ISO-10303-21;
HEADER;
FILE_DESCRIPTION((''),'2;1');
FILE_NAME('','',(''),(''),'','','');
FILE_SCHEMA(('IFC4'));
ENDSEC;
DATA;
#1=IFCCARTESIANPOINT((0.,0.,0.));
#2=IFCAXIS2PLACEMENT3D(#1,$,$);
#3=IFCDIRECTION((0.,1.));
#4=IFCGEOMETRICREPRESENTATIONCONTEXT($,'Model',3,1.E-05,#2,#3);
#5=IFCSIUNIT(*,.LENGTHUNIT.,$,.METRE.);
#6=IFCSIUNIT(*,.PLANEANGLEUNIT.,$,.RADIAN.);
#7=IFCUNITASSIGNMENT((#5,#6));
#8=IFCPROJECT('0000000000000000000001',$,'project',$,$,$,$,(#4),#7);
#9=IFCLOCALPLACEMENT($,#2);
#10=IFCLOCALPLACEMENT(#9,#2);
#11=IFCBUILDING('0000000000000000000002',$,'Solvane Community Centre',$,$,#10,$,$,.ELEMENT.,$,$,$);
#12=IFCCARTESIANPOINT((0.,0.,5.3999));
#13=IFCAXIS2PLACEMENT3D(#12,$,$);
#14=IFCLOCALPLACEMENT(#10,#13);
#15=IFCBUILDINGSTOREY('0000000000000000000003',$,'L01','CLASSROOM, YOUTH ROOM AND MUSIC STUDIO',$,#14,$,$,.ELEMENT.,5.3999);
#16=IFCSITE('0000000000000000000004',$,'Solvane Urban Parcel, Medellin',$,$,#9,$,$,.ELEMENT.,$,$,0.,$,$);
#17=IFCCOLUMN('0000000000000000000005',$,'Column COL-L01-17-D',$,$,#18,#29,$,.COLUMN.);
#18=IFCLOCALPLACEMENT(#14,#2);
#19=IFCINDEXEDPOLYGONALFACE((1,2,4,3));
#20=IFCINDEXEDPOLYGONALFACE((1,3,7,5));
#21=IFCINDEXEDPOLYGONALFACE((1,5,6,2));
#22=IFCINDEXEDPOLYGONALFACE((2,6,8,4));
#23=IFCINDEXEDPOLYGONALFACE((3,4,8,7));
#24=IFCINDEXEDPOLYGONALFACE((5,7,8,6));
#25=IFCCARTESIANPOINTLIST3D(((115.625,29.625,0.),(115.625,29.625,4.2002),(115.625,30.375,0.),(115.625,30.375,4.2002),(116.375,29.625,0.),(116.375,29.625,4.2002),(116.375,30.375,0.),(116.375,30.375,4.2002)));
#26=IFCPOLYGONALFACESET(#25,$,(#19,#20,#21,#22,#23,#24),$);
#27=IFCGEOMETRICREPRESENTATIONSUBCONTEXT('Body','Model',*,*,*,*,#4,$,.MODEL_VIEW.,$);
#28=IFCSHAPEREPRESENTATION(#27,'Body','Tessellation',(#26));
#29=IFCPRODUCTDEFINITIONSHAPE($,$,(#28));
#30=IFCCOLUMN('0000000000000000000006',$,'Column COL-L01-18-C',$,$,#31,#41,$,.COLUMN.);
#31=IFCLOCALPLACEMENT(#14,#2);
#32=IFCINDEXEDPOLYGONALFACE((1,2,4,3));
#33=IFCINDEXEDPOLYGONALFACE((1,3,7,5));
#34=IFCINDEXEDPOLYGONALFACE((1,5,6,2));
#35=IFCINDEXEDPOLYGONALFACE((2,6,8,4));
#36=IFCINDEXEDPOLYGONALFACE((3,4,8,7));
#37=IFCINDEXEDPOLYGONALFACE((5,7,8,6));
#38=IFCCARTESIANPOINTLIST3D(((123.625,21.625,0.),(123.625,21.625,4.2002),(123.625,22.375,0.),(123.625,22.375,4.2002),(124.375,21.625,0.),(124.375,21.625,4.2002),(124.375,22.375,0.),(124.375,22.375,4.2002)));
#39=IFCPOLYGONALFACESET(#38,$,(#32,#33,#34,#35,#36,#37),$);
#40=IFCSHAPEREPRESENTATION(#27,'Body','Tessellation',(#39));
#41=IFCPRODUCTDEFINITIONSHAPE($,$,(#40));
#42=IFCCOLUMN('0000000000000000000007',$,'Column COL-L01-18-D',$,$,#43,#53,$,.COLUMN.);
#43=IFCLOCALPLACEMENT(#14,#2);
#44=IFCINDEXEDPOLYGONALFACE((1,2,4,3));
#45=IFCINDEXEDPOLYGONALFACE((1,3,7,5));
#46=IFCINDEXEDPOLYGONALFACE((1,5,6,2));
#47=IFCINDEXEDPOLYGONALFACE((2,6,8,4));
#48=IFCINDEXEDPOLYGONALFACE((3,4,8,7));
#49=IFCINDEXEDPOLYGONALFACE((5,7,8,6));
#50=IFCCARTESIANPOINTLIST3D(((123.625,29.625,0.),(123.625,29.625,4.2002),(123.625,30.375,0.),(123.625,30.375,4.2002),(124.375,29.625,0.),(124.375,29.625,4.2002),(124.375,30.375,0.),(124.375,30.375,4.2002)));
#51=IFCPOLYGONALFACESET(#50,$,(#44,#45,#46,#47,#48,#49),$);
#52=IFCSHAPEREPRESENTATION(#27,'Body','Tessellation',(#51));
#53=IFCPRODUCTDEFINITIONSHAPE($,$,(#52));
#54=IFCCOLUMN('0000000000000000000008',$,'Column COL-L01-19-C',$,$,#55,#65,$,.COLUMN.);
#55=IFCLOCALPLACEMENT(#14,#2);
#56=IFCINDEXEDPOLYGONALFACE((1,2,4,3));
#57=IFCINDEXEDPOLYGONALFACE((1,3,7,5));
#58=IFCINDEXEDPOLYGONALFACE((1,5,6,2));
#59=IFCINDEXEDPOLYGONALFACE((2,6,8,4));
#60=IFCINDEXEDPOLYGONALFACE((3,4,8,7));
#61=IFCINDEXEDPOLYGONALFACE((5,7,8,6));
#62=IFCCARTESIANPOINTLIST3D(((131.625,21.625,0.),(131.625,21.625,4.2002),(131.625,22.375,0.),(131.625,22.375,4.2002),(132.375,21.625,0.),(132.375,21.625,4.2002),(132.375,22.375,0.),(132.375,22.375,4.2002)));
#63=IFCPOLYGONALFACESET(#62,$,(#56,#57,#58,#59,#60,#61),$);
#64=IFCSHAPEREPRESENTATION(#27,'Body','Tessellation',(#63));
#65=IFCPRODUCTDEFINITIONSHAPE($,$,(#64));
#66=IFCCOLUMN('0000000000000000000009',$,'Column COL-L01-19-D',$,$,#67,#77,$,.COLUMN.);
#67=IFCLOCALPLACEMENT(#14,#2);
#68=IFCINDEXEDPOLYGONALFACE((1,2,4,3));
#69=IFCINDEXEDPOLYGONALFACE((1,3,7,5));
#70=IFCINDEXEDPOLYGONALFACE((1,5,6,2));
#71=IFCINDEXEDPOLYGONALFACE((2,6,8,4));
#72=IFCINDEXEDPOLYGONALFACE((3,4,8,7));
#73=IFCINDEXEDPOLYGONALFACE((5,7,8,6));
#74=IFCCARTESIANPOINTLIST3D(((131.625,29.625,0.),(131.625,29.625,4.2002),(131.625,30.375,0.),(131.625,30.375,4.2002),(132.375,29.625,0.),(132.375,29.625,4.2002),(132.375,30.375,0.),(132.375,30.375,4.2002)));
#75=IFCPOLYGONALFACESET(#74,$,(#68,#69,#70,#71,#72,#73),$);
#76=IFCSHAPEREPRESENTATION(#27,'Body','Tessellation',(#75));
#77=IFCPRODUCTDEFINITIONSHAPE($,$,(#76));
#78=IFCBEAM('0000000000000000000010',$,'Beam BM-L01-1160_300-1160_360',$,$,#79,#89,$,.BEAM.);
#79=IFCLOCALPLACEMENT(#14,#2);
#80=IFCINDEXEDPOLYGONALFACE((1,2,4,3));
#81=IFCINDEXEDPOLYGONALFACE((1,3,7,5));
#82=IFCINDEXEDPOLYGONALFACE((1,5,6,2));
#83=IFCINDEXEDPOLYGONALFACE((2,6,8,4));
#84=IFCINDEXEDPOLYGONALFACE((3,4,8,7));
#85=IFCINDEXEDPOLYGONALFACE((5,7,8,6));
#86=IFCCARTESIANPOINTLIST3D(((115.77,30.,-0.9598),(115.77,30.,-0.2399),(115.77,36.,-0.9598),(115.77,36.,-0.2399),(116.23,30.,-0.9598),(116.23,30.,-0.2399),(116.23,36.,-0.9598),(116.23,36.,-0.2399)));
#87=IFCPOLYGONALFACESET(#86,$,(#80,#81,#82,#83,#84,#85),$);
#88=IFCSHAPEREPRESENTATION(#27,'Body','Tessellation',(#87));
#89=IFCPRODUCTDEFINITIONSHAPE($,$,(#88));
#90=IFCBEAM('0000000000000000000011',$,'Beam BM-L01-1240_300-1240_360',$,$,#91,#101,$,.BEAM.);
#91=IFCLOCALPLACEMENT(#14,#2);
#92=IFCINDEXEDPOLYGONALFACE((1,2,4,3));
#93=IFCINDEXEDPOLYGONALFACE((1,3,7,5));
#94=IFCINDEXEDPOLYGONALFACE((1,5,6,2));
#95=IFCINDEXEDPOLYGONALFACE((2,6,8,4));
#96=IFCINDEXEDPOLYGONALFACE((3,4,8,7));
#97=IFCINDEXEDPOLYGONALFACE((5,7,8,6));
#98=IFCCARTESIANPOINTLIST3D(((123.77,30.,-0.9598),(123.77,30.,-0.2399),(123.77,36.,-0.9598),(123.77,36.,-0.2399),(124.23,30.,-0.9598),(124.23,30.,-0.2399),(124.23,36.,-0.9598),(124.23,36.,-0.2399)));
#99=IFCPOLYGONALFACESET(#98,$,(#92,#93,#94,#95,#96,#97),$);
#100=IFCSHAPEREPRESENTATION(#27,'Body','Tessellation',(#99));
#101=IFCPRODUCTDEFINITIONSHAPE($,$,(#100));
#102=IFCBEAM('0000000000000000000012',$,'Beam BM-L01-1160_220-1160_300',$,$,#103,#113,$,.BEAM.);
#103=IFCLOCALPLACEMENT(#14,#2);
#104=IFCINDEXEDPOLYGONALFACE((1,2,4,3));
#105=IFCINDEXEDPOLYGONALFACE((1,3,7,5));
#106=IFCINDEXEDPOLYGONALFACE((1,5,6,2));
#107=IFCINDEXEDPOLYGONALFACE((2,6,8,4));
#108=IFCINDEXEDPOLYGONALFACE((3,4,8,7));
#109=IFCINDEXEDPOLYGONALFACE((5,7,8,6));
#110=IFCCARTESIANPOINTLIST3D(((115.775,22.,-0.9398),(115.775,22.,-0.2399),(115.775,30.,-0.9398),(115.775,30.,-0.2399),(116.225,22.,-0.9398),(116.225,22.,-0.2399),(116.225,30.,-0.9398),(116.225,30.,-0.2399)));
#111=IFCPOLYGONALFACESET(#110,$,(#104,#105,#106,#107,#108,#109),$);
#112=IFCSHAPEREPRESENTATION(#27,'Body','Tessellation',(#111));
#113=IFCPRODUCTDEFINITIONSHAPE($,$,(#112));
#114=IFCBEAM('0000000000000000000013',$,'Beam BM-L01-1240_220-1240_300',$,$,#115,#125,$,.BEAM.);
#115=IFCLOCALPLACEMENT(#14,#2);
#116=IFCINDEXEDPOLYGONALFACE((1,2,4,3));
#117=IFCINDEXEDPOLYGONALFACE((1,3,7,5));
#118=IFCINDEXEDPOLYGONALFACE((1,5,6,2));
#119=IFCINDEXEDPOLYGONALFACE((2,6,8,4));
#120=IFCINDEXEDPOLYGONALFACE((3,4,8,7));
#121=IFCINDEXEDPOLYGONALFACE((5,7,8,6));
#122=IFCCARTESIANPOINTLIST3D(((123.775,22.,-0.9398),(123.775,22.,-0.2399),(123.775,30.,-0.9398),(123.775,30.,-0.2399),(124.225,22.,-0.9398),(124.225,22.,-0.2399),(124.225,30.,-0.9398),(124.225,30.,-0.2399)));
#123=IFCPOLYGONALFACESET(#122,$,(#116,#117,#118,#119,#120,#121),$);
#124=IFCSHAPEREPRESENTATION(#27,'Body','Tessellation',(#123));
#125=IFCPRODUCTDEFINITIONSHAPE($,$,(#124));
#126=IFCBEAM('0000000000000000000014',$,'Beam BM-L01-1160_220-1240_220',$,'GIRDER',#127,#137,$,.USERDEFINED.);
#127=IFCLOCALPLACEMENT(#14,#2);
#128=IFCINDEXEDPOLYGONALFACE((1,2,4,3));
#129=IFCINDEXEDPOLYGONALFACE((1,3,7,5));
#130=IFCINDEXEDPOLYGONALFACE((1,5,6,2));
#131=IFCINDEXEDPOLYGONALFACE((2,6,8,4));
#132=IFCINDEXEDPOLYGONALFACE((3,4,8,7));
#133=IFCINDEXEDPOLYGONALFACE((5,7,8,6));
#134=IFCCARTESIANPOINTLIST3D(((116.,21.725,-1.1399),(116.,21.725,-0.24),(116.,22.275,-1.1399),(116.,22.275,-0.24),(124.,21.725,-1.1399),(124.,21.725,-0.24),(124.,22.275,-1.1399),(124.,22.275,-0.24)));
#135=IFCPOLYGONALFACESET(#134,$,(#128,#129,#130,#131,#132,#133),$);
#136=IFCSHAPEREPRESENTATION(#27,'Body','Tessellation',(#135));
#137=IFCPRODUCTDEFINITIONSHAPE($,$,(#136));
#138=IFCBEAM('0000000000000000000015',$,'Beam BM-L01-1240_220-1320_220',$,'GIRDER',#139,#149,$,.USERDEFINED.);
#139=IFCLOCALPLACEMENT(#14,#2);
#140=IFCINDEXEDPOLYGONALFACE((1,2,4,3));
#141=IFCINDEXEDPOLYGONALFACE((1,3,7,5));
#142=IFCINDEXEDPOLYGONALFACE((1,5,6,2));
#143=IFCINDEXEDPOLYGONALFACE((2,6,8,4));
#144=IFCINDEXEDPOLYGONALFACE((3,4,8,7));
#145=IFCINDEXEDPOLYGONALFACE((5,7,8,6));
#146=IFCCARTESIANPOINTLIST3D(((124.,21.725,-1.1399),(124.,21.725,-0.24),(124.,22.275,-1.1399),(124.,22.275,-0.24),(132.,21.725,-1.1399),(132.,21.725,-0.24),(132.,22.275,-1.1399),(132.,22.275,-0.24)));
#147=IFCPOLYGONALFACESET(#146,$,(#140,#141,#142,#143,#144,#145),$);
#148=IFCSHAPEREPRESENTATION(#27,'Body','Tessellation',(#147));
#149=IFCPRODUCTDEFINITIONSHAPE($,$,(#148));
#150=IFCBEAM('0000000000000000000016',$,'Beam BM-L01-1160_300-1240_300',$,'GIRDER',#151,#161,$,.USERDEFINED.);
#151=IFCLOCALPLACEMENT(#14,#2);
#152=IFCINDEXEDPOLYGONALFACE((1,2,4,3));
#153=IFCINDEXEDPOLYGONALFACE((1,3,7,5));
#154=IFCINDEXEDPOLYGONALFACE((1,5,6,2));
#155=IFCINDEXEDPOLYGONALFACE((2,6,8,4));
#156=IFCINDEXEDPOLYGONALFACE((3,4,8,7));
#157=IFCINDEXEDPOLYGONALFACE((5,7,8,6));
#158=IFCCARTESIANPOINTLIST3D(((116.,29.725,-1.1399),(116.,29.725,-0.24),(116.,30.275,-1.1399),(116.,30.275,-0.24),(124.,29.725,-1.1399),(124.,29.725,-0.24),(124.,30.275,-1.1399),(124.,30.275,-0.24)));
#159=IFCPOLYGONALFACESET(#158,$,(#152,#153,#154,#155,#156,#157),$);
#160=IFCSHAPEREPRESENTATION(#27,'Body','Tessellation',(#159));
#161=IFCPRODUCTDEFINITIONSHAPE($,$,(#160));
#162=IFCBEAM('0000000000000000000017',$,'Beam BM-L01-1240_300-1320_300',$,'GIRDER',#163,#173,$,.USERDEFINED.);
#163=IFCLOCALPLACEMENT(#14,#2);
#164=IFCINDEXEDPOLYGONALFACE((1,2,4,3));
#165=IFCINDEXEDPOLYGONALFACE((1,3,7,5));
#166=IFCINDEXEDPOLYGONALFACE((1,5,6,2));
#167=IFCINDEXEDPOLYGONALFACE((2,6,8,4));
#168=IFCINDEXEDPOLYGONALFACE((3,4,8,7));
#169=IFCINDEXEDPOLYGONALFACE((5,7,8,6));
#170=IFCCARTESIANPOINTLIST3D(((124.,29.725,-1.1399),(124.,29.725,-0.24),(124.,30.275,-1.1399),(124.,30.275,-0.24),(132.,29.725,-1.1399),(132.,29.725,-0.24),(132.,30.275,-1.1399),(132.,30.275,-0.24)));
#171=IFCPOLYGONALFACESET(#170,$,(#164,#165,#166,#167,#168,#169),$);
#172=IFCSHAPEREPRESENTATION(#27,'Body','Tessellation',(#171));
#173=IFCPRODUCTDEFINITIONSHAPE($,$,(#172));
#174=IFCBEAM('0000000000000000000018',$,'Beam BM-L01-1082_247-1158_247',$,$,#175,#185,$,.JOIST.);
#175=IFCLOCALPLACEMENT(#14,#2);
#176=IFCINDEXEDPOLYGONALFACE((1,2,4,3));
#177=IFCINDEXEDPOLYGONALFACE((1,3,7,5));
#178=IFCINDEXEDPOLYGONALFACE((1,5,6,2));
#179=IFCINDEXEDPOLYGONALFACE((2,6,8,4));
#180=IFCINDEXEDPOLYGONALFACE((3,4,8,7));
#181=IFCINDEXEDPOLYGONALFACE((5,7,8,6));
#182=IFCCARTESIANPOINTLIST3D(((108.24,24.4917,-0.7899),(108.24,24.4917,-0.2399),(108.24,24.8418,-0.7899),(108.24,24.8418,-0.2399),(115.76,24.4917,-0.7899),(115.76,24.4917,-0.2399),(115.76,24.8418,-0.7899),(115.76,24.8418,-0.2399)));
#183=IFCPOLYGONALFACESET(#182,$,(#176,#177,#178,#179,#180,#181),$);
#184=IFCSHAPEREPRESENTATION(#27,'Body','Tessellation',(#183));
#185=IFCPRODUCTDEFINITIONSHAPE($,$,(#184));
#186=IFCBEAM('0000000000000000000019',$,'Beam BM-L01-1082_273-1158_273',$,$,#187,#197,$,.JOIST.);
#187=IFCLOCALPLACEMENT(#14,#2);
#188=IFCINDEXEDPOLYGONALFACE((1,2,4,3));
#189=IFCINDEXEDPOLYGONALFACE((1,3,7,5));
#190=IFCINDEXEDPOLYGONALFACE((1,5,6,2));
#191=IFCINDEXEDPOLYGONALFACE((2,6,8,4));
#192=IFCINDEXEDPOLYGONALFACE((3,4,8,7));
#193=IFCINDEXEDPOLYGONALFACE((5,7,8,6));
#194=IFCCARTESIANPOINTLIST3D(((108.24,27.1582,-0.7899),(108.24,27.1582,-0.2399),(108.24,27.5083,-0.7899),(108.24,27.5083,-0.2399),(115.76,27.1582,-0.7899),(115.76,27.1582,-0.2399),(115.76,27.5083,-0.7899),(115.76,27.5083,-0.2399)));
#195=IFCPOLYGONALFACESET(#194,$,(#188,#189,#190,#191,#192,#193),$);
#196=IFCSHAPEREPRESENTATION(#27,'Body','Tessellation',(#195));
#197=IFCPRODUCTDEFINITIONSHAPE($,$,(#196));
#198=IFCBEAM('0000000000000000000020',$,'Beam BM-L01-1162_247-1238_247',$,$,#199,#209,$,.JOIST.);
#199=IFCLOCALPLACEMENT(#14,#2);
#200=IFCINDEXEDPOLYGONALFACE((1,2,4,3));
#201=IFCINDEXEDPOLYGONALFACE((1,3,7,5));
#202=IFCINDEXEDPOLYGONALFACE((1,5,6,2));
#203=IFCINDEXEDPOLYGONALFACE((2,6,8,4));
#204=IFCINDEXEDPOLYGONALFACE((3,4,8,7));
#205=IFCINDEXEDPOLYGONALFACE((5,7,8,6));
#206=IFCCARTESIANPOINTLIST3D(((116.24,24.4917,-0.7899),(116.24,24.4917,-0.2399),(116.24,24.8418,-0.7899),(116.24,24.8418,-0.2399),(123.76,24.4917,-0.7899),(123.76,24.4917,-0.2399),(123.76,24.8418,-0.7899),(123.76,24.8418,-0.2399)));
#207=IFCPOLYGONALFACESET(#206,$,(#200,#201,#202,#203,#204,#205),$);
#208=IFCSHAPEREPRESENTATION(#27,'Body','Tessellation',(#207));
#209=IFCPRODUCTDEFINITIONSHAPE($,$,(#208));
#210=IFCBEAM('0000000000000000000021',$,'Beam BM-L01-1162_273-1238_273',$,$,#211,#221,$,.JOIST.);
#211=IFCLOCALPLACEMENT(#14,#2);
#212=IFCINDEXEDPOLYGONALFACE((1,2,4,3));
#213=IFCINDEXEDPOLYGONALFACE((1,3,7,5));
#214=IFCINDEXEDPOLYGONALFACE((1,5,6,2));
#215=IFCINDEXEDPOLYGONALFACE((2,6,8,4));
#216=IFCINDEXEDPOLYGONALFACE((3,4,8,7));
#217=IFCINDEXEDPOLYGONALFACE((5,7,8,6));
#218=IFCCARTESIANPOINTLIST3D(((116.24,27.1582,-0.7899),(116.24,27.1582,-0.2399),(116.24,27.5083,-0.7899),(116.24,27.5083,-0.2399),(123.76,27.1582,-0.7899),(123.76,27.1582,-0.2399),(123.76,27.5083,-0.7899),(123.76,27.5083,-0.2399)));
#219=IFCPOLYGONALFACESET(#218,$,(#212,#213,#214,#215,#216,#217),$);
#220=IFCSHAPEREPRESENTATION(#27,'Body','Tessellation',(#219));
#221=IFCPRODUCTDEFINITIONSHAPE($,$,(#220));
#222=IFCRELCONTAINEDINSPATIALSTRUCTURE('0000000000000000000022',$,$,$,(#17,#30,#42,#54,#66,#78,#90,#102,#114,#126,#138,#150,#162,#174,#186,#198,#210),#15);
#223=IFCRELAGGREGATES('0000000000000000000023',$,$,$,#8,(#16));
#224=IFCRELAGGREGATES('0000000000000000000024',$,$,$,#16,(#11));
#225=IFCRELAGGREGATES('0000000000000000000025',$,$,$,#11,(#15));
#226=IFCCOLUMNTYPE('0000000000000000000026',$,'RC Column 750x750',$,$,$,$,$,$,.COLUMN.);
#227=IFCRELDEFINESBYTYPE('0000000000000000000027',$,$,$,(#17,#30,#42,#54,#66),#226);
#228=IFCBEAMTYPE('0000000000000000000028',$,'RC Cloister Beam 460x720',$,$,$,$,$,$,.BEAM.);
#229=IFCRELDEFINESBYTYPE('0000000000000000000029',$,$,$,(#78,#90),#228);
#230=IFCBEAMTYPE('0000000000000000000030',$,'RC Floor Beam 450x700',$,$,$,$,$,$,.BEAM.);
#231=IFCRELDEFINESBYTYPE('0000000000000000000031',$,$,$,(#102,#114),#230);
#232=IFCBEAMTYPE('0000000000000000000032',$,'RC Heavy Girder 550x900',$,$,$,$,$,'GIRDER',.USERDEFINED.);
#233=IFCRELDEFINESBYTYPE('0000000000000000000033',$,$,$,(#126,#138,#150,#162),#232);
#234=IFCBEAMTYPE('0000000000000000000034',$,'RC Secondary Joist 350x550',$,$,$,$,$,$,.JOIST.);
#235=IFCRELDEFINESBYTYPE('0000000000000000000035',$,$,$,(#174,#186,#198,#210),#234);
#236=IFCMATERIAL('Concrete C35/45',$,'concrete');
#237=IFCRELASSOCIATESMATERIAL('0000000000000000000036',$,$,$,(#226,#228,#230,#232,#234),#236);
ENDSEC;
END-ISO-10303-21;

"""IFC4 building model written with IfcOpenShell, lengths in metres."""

from ifc_helpers import new_model, si_unit, direction, frame, origin, origin_2d, place, context, subcontext, project, spatial, rectangle, extrude, material, material_profile, profile_set, type_object, element, save


model = new_model("IFC4")

# Units and contexts
model_context = context("Model", 3, precision=1e-05, world=origin(), true_north=direction((0.0, 1.0)))
body_context = subcontext(model_context, "Body", "Model", "MODEL_VIEW")
ifc_project = project(units=[si_unit("LENGTHUNIT", "METRE"), si_unit("PLANEANGLEUNIT", "RADIAN")], contexts=[model_context])

# Site, building, storey
site_placement = place(None, origin())
site = spatial("IfcSite", under=ifc_project, at=site_placement, Name="Solvane Urban Parcel, Medellin", CompositionType="ELEMENT", RefElevation=0.0)
building_placement = place(site_placement, origin())
building = spatial("IfcBuilding", under=site, at=building_placement, Name="Solvane Community Centre", CompositionType="ELEMENT")
storey_placement = place(building_placement, frame((0.0, 0.0, 5.3999)))
storey = spatial("IfcBuildingStorey", under=building, at=storey_placement, Name="L01", Description="CLASSROOM, YOUTH ROOM AND MUSIC STUDIO", CompositionType="ELEMENT", Elevation=5.3999)

# Columns
ifc_material_1 = material(Name="Concrete C35/45", Category="concrete")
ifc_material_profile_1 = material_profile(ifc_material_1, rectangle(XDim=0.75, YDim=0.75, at=origin_2d()), Name="RC 750x750")
ifc_profile_set_1 = profile_set([ifc_material_profile_1], Name="Concrete C35/45")
column_type = type_object("IfcColumnType", Name="RC Column 750x750", PredefinedType="COLUMN", material=ifc_profile_set_1)
for number, where, z_axis, x_axis, name in (
    (1, (116.0, 30.0, 0.0), (0.0, 0.0, 1.0), (1.0, 0.0, 0.0), "Column COL-L01-17-D"),
    (2, (124.0, 22.0, 0.0), (0.0, 0.0, 1.0), (1.0, 0.0, 0.0), "Column COL-L01-18-C"),
    (3, (124.0, 30.0, 0.0), (0.0, 0.0, 1.0), (1.0, 0.0, 0.0), "Column COL-L01-18-D"),
    (4, (132.0, 22.0, 0.0), (0.0, 0.0, 1.0), (1.0, 0.0, 0.0), "Column COL-L01-19-C"),
    (5, (132.0, 30.0, 0.0), (0.0, 0.0, 1.0), (1.0, 0.0, 0.0), "Column COL-L01-19-D"),
):
    element("IfcColumn", number, at=place(storey_placement, frame(where, z_axis=z_axis, x_axis=x_axis)), inside=storey, type_object=column_type, Name=name, PredefinedType="COLUMN", context=body_context, shape_type="SweptSolid", body=[
        extrude(rectangle(XDim=0.75, YDim=0.75, at=origin_2d()), origin(), (0.0, 0.0, 1.0), 4.2002),
    ])

# Beams
ifc_material_profile_2 = material_profile(ifc_material_1, rectangle(XDim=0.46, YDim=0.72, at=origin_2d()), Name="RC 460x720")
ifc_profile_set_2 = profile_set([ifc_material_profile_2], Name="Concrete C35/45")
beam_type_1 = type_object("IfcBeamType", Name="RC Cloister Beam 460x720", PredefinedType="BEAM", material=ifc_profile_set_2)
for number, where, z_axis, x_axis, name in (
    (6, (116.0, 30.0, -0.5999), (0.0, 1.0, 0.0), (-1.0, 0.0, 0.0), "Beam BM-L01-1160_300-1160_360"),
    (7, (124.0, 30.0, -0.5999), (0.0, 1.0, 0.0), (-1.0, 0.0, 0.0), "Beam BM-L01-1240_300-1240_360"),
):
    element("IfcBeam", number, at=place(storey_placement, frame(where, z_axis=z_axis, x_axis=x_axis)), inside=storey, type_object=beam_type_1, Name=name, PredefinedType="BEAM", context=body_context, shape_type="SweptSolid", body=[
        extrude(rectangle(XDim=0.46, YDim=0.72, at=origin_2d()), origin(), (0.0, 0.0, 1.0), 6.0),
    ])
ifc_material_profile_3 = material_profile(ifc_material_1, rectangle(XDim=0.45, YDim=0.7, at=origin_2d()), Name="RC 450x700")
ifc_profile_set_3 = profile_set([ifc_material_profile_3], Name="Concrete C35/45")
beam_type_2 = type_object("IfcBeamType", Name="RC Floor Beam 450x700", PredefinedType="BEAM", material=ifc_profile_set_3)
for number, where, z_axis, x_axis, name in (
    (8, (116.0, 22.0, -0.5898), (0.0, 1.0, 0.0), (-1.0, 0.0, 0.0), "Beam BM-L01-1160_220-1160_300"),
    (9, (124.0, 22.0, -0.5898), (0.0, 1.0, 0.0), (-1.0, 0.0, 0.0), "Beam BM-L01-1240_220-1240_300"),
):
    element("IfcBeam", number, at=place(storey_placement, frame(where, z_axis=z_axis, x_axis=x_axis)), inside=storey, type_object=beam_type_2, Name=name, PredefinedType="BEAM", context=body_context, shape_type="SweptSolid", body=[
        extrude(rectangle(XDim=0.45, YDim=0.7, at=origin_2d()), origin(), (0.0, 0.0, 1.0), 8.0),
    ])
ifc_material_profile_4 = material_profile(ifc_material_1, rectangle(XDim=0.55, YDim=0.8999, at=origin_2d()), Name="RC 550x900")
ifc_profile_set_4 = profile_set([ifc_material_profile_4], Name="Concrete C35/45")
beam_type_3 = type_object("IfcBeamType", Name="RC Heavy Girder 550x900", ElementType="GIRDER", PredefinedType="USERDEFINED", material=ifc_profile_set_4)
for number, where, z_axis, x_axis, name in (
    (10, (116.0, 22.0, -0.6899), (1.0, 0.0, 0.0), (0.0, 1.0, 0.0), "Beam BM-L01-1160_220-1240_220"),
    (11, (124.0, 22.0, -0.6899), (1.0, 0.0, 0.0), (0.0, 1.0, 0.0), "Beam BM-L01-1240_220-1320_220"),
    (12, (116.0, 30.0, -0.6899), (1.0, 0.0, 0.0), (0.0, 1.0, 0.0), "Beam BM-L01-1160_300-1240_300"),
    (13, (124.0, 30.0, -0.6899), (1.0, 0.0, 0.0), (0.0, 1.0, 0.0), "Beam BM-L01-1240_300-1320_300"),
):
    element("IfcBeam", number, at=place(storey_placement, frame(where, z_axis=z_axis, x_axis=x_axis)), inside=storey, type_object=beam_type_3, Name=name, ObjectType="GIRDER", PredefinedType="USERDEFINED", context=body_context, shape_type="SweptSolid", body=[
        extrude(rectangle(XDim=0.55, YDim=0.8999, at=origin_2d()), origin(), (0.0, 0.0, 1.0), 8.0),
    ])
ifc_material_profile_5 = material_profile(ifc_material_1, rectangle(XDim=0.3501, YDim=0.55, at=origin_2d()), Name="RC 350x550")
ifc_profile_set_5 = profile_set([ifc_material_profile_5], Name="Concrete C35/45")
beam_type_4 = type_object("IfcBeamType", Name="RC Secondary Joist 350x550", PredefinedType="JOIST", material=ifc_profile_set_5)
for number, where, z_axis, x_axis, name in (
    (14, (108.24, 24.6667, -0.5149), (1.0, 0.0, 0.0), (0.0, 1.0, 0.0), "Beam BM-L01-1082_247-1158_247"),
    (15, (108.24, 27.3333, -0.5149), (1.0, 0.0, 0.0), (0.0, 1.0, 0.0), "Beam BM-L01-1082_273-1158_273"),
    (16, (116.24, 24.6667, -0.5149), (1.0, 0.0, 0.0), (0.0, 1.0, 0.0), "Beam BM-L01-1162_247-1238_247"),
    (17, (116.24, 27.3333, -0.5149), (1.0, 0.0, 0.0), (0.0, 1.0, 0.0), "Beam BM-L01-1162_273-1238_273"),
):
    element("IfcBeam", number, at=place(storey_placement, frame(where, z_axis=z_axis, x_axis=x_axis)), inside=storey, type_object=beam_type_4, Name=name, PredefinedType="JOIST", context=body_context, shape_type="SweptSolid", body=[
        extrude(rectangle(XDim=0.3501, YDim=0.55, at=origin_2d()), origin(), (0.0, 0.0, 1.0), 7.52),
    ])

save(model, "model.ifc")
